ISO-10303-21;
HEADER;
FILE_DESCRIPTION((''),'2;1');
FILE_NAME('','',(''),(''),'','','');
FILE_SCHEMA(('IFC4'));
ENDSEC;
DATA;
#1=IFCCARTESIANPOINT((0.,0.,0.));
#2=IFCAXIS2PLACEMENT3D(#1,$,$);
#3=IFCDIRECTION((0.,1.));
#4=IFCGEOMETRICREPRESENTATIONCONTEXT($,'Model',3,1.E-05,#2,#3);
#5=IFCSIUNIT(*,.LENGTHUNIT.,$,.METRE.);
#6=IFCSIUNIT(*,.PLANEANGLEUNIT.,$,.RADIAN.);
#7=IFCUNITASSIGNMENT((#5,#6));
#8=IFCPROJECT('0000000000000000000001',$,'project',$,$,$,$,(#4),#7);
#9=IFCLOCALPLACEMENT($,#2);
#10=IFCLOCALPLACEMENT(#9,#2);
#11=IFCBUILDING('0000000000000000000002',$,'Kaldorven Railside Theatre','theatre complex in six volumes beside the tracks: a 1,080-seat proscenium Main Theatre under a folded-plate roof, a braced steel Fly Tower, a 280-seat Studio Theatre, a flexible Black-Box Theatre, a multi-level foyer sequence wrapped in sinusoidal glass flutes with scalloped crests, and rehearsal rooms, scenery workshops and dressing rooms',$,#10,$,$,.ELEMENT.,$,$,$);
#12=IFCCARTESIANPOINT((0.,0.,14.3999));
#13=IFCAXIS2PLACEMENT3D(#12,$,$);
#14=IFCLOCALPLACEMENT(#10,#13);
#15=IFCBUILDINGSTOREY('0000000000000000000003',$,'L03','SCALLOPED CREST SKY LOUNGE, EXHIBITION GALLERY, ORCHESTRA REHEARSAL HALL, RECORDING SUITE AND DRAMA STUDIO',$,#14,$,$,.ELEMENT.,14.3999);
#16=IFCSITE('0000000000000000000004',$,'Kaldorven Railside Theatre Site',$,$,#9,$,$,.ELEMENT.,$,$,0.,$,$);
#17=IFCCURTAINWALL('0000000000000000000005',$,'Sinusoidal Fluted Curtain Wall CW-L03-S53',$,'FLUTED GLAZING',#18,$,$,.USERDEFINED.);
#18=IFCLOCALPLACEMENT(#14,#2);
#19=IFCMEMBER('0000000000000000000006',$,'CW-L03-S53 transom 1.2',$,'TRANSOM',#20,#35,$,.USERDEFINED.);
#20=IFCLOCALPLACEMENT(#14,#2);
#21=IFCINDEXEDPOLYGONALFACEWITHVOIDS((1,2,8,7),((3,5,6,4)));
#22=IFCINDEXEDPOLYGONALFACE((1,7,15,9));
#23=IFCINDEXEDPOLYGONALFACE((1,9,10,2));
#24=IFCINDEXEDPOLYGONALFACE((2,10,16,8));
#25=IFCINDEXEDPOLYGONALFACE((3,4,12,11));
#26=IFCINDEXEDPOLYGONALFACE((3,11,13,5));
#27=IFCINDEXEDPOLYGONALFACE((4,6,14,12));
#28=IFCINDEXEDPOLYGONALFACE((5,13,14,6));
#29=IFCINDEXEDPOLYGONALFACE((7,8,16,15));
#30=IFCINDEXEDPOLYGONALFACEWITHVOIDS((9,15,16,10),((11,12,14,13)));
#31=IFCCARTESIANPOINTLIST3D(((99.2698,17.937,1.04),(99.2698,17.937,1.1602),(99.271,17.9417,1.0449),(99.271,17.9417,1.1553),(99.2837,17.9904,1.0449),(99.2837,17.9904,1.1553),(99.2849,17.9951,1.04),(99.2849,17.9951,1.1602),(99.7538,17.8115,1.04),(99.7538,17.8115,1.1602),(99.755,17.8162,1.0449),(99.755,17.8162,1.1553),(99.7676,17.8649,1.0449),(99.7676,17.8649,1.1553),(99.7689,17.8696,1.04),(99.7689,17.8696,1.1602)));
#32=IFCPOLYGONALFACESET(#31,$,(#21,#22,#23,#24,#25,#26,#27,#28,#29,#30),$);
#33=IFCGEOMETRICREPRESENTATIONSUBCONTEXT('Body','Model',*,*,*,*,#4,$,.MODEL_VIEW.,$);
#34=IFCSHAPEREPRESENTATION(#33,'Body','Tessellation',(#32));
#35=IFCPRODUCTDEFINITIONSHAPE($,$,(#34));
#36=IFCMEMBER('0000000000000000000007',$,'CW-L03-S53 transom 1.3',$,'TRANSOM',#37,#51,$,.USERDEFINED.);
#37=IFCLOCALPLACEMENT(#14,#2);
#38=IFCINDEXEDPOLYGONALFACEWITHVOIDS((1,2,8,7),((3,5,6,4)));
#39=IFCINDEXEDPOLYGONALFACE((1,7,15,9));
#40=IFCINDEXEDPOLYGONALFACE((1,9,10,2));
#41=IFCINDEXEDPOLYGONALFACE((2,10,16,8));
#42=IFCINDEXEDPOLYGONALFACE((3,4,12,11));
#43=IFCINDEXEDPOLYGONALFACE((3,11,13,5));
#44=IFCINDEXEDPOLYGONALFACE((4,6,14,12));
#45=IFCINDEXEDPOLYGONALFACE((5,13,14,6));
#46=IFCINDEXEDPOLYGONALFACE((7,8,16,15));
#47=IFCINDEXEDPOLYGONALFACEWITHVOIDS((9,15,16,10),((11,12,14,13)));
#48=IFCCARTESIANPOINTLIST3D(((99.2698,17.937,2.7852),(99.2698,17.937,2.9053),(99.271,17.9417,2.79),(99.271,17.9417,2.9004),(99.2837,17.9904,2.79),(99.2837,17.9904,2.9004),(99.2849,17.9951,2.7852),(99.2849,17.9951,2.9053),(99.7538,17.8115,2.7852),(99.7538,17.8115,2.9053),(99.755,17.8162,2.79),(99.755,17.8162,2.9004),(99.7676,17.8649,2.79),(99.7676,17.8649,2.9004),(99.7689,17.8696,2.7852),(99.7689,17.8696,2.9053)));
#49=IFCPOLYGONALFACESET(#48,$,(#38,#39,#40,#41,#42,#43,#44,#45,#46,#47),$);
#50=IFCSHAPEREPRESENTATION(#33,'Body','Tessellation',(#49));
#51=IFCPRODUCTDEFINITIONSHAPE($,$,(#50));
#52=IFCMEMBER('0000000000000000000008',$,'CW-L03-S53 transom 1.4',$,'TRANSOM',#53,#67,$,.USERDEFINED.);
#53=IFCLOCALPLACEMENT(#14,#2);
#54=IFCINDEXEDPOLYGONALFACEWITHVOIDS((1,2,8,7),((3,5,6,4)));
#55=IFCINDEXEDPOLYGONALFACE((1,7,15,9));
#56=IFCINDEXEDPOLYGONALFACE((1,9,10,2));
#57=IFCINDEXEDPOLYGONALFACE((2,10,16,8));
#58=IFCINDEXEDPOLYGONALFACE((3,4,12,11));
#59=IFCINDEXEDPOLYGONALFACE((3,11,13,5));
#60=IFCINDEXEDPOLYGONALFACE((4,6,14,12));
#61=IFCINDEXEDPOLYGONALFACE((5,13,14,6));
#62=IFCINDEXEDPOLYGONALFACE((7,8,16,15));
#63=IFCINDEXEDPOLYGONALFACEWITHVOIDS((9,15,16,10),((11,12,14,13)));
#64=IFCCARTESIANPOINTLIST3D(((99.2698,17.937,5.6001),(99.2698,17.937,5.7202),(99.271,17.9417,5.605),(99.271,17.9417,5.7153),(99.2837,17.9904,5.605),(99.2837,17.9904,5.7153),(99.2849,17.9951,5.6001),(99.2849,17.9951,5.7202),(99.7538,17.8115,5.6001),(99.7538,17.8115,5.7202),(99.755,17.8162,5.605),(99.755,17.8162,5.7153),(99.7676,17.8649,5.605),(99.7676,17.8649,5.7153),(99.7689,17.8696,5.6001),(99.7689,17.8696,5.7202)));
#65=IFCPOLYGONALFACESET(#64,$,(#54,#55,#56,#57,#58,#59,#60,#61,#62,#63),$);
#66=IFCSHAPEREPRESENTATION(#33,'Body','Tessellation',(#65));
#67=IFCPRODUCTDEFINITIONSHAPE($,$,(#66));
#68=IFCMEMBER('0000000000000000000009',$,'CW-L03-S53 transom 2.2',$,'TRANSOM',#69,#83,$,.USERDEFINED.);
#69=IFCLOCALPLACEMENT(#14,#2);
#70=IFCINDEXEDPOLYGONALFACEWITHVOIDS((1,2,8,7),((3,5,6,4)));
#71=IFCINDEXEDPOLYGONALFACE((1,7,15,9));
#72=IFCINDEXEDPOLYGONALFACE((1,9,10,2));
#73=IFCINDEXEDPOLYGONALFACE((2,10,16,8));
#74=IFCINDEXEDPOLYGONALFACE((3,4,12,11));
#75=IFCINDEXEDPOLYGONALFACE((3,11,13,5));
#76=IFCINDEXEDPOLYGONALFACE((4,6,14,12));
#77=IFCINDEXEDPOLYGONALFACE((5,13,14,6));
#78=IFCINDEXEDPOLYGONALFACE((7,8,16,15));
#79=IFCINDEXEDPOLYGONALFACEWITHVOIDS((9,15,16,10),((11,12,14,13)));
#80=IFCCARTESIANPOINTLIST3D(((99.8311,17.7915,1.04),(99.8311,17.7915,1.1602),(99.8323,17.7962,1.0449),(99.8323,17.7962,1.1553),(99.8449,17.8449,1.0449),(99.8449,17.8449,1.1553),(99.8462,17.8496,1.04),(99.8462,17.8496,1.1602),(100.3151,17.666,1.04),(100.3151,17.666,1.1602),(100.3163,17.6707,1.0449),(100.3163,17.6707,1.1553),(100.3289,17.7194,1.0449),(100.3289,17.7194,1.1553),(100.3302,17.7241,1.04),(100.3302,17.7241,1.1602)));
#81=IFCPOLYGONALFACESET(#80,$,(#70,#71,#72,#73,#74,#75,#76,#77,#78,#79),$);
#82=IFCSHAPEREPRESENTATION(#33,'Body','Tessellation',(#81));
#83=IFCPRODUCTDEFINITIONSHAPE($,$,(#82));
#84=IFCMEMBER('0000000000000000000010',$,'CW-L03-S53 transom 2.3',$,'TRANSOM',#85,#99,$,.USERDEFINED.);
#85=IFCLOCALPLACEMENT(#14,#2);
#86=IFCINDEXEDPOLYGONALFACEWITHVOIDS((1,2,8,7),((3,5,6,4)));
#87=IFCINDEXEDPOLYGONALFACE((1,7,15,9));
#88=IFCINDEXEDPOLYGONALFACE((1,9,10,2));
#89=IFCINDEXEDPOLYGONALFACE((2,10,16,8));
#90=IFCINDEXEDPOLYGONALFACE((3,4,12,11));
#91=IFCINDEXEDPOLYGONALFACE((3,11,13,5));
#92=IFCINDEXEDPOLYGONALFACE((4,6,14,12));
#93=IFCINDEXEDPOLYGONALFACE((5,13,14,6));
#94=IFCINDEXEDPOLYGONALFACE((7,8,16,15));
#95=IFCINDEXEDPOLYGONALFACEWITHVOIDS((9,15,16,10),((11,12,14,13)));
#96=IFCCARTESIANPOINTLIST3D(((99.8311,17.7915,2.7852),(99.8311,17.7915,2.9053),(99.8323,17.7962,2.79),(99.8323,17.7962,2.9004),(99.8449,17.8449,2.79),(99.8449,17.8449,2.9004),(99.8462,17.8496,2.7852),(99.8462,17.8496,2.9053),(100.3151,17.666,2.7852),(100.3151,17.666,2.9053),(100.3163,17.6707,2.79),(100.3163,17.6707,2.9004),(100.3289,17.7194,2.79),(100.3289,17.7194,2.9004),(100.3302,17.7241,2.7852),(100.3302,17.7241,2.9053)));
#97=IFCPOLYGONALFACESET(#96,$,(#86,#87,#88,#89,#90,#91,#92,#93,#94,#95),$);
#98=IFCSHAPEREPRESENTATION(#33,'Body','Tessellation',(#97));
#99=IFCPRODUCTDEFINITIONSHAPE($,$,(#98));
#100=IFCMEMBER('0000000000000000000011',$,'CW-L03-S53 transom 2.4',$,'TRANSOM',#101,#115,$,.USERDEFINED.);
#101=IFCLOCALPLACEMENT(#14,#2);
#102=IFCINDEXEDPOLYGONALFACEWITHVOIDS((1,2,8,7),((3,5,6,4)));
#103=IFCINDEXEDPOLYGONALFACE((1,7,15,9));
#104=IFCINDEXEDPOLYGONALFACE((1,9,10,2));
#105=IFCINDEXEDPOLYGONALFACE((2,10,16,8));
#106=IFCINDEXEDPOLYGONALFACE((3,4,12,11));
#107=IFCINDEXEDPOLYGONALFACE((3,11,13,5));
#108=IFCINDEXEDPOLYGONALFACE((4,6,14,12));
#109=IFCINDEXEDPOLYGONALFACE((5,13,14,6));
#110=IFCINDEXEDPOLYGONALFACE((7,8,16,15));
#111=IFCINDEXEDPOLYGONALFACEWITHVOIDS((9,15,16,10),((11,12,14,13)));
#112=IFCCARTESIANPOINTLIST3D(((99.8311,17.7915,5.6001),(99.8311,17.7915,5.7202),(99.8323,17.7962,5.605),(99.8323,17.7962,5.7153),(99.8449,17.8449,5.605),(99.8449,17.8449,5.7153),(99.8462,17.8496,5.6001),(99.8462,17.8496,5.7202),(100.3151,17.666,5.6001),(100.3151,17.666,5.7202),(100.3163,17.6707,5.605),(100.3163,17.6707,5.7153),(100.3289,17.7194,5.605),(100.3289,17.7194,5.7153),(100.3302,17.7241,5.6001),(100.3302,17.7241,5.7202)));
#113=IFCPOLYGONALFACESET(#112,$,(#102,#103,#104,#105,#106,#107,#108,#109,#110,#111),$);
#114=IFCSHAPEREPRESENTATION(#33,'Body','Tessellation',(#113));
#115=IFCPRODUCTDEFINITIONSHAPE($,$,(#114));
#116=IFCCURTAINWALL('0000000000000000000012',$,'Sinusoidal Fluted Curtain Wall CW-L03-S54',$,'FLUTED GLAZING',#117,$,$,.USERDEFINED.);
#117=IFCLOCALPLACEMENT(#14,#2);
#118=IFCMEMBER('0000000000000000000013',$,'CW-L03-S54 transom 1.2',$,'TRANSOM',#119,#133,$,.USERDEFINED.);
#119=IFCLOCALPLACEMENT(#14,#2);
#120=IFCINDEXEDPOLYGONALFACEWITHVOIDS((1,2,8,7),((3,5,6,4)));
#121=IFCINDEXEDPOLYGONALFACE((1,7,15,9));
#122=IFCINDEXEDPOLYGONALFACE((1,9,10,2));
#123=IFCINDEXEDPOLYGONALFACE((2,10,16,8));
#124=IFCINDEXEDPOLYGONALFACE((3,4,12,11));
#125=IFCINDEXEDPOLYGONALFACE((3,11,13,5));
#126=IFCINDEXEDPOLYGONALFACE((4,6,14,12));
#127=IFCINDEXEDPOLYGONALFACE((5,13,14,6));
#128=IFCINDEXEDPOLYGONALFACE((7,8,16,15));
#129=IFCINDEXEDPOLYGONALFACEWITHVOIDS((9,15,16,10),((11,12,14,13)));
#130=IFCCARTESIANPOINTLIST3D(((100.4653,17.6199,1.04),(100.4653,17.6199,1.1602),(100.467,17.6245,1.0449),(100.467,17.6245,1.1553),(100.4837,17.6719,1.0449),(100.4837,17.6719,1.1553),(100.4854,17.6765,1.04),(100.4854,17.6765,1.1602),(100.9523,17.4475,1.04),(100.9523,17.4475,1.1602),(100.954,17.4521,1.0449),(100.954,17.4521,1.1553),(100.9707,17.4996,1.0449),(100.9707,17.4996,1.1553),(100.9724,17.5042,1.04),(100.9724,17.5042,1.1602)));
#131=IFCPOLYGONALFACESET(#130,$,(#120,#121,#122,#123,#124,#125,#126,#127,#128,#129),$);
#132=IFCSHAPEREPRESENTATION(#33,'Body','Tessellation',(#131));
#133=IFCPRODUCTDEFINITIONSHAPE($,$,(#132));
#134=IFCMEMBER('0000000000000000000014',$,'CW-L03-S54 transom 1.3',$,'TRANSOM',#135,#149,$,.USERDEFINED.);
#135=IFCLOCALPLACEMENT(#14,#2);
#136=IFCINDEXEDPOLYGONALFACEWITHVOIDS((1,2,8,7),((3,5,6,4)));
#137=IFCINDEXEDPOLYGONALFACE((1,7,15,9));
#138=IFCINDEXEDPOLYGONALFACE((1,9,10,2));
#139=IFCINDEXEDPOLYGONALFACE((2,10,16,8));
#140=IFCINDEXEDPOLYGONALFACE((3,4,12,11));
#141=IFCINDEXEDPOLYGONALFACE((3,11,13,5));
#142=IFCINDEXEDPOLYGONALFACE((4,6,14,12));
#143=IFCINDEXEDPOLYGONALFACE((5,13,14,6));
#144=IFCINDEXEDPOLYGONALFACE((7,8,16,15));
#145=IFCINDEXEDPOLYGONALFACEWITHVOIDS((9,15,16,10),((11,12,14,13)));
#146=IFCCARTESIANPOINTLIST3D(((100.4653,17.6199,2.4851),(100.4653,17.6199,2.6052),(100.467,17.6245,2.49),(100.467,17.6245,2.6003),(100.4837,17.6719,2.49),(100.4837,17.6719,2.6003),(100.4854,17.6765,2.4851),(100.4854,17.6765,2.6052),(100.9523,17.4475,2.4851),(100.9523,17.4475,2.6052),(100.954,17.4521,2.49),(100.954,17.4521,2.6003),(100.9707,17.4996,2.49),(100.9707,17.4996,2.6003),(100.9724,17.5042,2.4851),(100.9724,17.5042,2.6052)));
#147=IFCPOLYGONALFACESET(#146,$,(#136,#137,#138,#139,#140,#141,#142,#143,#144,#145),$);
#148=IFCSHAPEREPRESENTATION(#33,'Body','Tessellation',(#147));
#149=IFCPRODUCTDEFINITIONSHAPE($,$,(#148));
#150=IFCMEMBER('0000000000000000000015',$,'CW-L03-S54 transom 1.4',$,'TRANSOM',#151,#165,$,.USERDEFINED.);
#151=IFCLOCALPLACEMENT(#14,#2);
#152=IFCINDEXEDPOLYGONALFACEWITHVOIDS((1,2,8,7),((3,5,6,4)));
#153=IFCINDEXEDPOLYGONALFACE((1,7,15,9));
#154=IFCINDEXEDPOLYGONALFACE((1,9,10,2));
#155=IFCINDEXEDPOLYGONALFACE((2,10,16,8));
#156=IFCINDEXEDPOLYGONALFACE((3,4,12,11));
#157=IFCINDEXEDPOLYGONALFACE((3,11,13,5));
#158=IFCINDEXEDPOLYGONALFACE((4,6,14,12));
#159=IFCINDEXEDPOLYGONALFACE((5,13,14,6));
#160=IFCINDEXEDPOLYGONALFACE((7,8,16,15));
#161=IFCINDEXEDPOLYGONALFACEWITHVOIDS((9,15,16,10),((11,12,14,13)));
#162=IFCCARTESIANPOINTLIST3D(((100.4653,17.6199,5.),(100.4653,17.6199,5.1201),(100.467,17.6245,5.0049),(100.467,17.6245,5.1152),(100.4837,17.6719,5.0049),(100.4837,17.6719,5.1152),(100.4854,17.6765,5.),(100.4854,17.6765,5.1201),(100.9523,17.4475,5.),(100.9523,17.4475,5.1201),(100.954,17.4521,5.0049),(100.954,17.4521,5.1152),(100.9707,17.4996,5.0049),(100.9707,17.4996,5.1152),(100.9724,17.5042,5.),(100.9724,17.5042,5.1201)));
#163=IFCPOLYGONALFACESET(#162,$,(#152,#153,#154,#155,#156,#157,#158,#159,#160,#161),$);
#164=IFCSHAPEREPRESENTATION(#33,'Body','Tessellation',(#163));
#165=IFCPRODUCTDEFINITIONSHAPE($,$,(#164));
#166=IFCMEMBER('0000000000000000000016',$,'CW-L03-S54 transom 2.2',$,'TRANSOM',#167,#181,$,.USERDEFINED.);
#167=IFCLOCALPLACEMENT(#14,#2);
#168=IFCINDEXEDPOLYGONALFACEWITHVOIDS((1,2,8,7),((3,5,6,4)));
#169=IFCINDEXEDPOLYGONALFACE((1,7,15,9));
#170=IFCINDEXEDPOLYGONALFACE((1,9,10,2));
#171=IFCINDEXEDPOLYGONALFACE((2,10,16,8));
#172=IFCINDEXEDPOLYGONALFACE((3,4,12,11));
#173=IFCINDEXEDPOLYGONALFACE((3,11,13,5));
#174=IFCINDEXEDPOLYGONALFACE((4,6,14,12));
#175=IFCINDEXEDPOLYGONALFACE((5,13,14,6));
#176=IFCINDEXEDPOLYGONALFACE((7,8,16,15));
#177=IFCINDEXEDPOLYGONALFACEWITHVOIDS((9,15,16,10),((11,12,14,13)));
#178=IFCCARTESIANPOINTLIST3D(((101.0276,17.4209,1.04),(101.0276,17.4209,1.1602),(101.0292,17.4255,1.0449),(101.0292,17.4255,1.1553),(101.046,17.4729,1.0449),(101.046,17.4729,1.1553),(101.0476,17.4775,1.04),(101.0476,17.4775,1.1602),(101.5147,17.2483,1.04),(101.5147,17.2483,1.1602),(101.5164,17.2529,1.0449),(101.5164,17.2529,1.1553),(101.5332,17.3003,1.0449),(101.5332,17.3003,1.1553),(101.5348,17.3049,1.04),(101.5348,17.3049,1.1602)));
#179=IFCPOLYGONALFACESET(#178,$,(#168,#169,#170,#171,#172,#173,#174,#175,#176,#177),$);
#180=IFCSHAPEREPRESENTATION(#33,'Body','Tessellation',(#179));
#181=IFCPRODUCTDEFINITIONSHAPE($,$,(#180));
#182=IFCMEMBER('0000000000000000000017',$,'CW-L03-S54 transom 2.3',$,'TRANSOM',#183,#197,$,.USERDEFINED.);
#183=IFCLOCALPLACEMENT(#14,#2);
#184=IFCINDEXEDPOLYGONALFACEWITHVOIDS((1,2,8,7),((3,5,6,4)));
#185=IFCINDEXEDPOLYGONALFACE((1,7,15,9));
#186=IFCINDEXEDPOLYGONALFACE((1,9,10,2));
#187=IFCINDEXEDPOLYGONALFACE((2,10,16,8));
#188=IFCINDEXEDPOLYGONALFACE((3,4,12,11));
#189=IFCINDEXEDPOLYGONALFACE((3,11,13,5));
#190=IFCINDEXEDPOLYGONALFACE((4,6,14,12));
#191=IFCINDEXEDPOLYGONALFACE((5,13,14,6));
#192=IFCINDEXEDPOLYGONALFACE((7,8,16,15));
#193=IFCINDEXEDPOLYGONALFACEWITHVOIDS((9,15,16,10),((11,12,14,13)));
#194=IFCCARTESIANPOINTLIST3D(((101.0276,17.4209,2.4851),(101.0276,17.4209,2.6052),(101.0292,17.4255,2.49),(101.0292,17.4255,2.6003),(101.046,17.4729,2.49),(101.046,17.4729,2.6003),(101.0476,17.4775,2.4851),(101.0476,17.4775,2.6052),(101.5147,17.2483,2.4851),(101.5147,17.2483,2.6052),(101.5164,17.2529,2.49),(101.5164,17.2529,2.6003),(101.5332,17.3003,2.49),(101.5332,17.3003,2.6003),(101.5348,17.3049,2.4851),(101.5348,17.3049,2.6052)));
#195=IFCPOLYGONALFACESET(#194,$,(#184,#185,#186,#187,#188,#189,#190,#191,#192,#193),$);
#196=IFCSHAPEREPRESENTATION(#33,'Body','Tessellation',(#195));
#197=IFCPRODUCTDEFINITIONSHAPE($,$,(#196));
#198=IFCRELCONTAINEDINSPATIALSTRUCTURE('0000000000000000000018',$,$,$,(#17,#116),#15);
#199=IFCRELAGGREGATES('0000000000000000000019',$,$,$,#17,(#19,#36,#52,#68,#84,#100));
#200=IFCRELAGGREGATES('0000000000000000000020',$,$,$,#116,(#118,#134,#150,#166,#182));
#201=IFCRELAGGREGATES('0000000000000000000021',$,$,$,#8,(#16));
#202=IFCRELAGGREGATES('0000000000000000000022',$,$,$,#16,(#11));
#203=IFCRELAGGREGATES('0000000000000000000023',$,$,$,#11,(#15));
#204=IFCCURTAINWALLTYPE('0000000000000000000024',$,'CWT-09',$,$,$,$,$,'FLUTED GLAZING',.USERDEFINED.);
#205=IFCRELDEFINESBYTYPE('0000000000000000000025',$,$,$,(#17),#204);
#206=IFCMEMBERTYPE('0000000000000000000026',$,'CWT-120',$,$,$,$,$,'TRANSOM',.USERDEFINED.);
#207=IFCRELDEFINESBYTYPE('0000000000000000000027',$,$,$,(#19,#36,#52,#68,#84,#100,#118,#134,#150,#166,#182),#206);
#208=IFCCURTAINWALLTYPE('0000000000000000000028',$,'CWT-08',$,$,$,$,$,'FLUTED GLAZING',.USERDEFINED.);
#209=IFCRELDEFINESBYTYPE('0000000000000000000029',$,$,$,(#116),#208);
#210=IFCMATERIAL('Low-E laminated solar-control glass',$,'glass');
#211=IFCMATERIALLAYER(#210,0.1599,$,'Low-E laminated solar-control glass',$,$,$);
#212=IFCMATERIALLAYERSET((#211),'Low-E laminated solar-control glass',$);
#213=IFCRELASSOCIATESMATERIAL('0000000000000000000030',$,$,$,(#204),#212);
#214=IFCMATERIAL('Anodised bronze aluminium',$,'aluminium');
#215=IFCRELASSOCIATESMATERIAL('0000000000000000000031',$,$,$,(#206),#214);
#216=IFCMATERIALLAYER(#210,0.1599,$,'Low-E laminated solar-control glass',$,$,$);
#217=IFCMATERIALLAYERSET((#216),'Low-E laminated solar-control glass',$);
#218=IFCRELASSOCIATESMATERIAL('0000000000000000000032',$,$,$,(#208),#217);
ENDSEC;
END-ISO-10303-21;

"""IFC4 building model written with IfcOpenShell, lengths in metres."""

from ifc_helpers import new_model, si_unit, direction, frame, origin, origin_2d, place, context, subcontext, project, spatial, hollow_rectangle, extrude, material, layer, layer_set, material_profile, profile_set, type_object, element, aggregate, save


model = new_model("IFC4")

# Units and contexts
model_context = context("Model", 3, precision=1e-05, world=origin(), true_north=direction((0.0, 1.0)))
body_context = subcontext(model_context, "Body", "Model", "MODEL_VIEW")
ifc_project = project(units=[si_unit("LENGTHUNIT", "METRE"), si_unit("PLANEANGLEUNIT", "RADIAN")], contexts=[model_context])

# Site, building, storey
site_placement = place(None, origin())
site = spatial("IfcSite", under=ifc_project, at=site_placement, Name="Kaldorven Railside Theatre Site", CompositionType="ELEMENT", RefElevation=0.0)
building_placement = place(site_placement, origin())
building = spatial("IfcBuilding", under=site, at=building_placement, Name="Kaldorven Railside Theatre", Description="theatre complex in six volumes beside the tracks: a 1,080-seat proscenium Main Theatre under a folded-plate roof, a braced steel Fly Tower, a 280-seat Studio Theatre, a flexible Black-Box Theatre, a multi-level foyer sequence wrapped in sinusoidal glass flutes with scalloped crests, and rehearsal rooms, scenery workshops and dressing rooms", CompositionType="ELEMENT")
storey_placement = place(building_placement, frame((0.0, 0.0, 14.3999)))
storey = spatial("IfcBuildingStorey", under=building, at=storey_placement, Name="L03", Description="SCALLOPED CREST SKY LOUNGE, EXHIBITION GALLERY, ORCHESTRA REHEARSAL HALL, RECORDING SUITE AND DRAMA STUDIO", CompositionType="ELEMENT", Elevation=14.3999)

# Curtain walls, members
ifc_material_1 = material(Name="Low-E laminated solar-control glass", Category="glass")
ifc_layer_1 = layer(ifc_material_1, 0.1599, Name="Low-E laminated solar-control glass")
ifc_layer_set_1 = layer_set([ifc_layer_1], Name="Low-E laminated solar-control glass")
curtain_wall_type_1 = type_object("IfcCurtainWallType", Name="CWT-09", ElementType="FLUTED GLAZING", PredefinedType="USERDEFINED", material=ifc_layer_set_1)
curtain_wall_1_placement = place(storey_placement, origin())
curtain_wall_1 = element("IfcCurtainWall", 1, at=curtain_wall_1_placement, inside=storey, type_object=curtain_wall_type_1, Name="Sinusoidal Fluted Curtain Wall CW-L03-S53", ObjectType="FLUTED GLAZING", PredefinedType="USERDEFINED")
ifc_material_2 = material(Name="Anodised bronze aluminium", Category="aluminium")
ifc_material_profile = material_profile(ifc_material_2, hollow_rectangle(XDim=0.0601, YDim=0.1201, WallThickness=0.0049, at=origin_2d()), Name="RHS 120x60x5")
ifc_profile_set = profile_set([ifc_material_profile], Name="Anodised bronze aluminium")
member_type = type_object("IfcMemberType", Name="CWT-120", ElementType="TRANSOM", PredefinedType="USERDEFINED", material=ifc_profile_set)
member_1_placement = place(storey_placement, frame((99.2773, 17.9661, 1.1001), z_axis=(0.967979, -0.25103, 0.0), x_axis=(0.25103, 0.967979, 0.0)))
member_1 = element("IfcMember", 2, at=member_1_placement, type_object=member_type, Name="CW-L03-S53 transom 1.2", ObjectType="TRANSOM", PredefinedType="USERDEFINED", context=body_context, shape_type="SweptSolid", body=[
    extrude(hollow_rectangle(XDim=0.0601, YDim=0.1201, WallThickness=0.0049, at=origin_2d()), origin(), (0.0, 0.0, 1.0), 0.5),
])
member_2_placement = place(storey_placement, frame((99.2773, 17.9661, 2.8452), z_axis=(0.967979, -0.25103, 0.0), x_axis=(0.25103, 0.967979, 0.0)))
member_2 = element("IfcMember", 3, at=member_2_placement, type_object=member_type, Name="CW-L03-S53 transom 1.3", ObjectType="TRANSOM", PredefinedType="USERDEFINED", context=body_context, shape_type="SweptSolid", body=[
    extrude(hollow_rectangle(XDim=0.0601, YDim=0.1201, WallThickness=0.0049, at=origin_2d()), origin(), (0.0, 0.0, 1.0), 0.5),
])
member_3_placement = place(storey_placement, frame((99.2773, 17.9661, 5.6602), z_axis=(0.967979, -0.25103, 0.0), x_axis=(0.25103, 0.967979, 0.0)))
member_3 = element("IfcMember", 4, at=member_3_placement, type_object=member_type, Name="CW-L03-S53 transom 1.4", ObjectType="TRANSOM", PredefinedType="USERDEFINED", context=body_context, shape_type="SweptSolid", body=[
    extrude(hollow_rectangle(XDim=0.0601, YDim=0.1201, WallThickness=0.0049, at=origin_2d()), origin(), (0.0, 0.0, 1.0), 0.5),
])
member_4_placement = place(storey_placement, frame((99.8386, 17.8206, 1.1001), z_axis=(0.967979, -0.25103, 0.0), x_axis=(0.25103, 0.967979, 0.0)))
member_4 = element("IfcMember", 5, at=member_4_placement, type_object=member_type, Name="CW-L03-S53 transom 2.2", ObjectType="TRANSOM", PredefinedType="USERDEFINED", context=body_context, shape_type="SweptSolid", body=[
    extrude(hollow_rectangle(XDim=0.0601, YDim=0.1201, WallThickness=0.0049, at=origin_2d()), origin(), (0.0, 0.0, 1.0), 0.5),
])
member_5_placement = place(storey_placement, frame((99.8386, 17.8206, 2.8452), z_axis=(0.967979, -0.25103, 0.0), x_axis=(0.25103, 0.967979, 0.0)))
member_5 = element("IfcMember", 6, at=member_5_placement, type_object=member_type, Name="CW-L03-S53 transom 2.3", ObjectType="TRANSOM", PredefinedType="USERDEFINED", context=body_context, shape_type="SweptSolid", body=[
    extrude(hollow_rectangle(XDim=0.0601, YDim=0.1201, WallThickness=0.0049, at=origin_2d()), origin(), (0.0, 0.0, 1.0), 0.5),
])
member_6_placement = place(storey_placement, frame((99.8386, 17.8206, 5.6602), z_axis=(0.967979, -0.25103, 0.0), x_axis=(0.25103, 0.967979, 0.0)))
member_6 = element("IfcMember", 7, at=member_6_placement, type_object=member_type, Name="CW-L03-S53 transom 2.4", ObjectType="TRANSOM", PredefinedType="USERDEFINED", context=body_context, shape_type="SweptSolid", body=[
    extrude(hollow_rectangle(XDim=0.0601, YDim=0.1201, WallThickness=0.0049, at=origin_2d()), origin(), (0.0, 0.0, 1.0), 0.5),
])
ifc_layer_2 = layer(ifc_material_1, 0.1599, Name="Low-E laminated solar-control glass")
ifc_layer_set_2 = layer_set([ifc_layer_2], Name="Low-E laminated solar-control glass")
curtain_wall_type_2 = type_object("IfcCurtainWallType", Name="CWT-08", ElementType="FLUTED GLAZING", PredefinedType="USERDEFINED", material=ifc_layer_set_2)
curtain_wall_2_placement = place(storey_placement, origin())
curtain_wall_2 = element("IfcCurtainWall", 8, at=curtain_wall_2_placement, inside=storey, type_object=curtain_wall_type_2, Name="Sinusoidal Fluted Curtain Wall CW-L03-S54", ObjectType="FLUTED GLAZING", PredefinedType="USERDEFINED")
member_7_placement = place(storey_placement, frame((100.4753, 17.6482, 1.1001), z_axis=(0.942711, -0.333611, 0.0), x_axis=(0.333611, 0.942711, 0.0)))
member_7 = element("IfcMember", 9, at=member_7_placement, type_object=member_type, Name="CW-L03-S54 transom 1.2", ObjectType="TRANSOM", PredefinedType="USERDEFINED", context=body_context, shape_type="SweptSolid", body=[
    extrude(hollow_rectangle(XDim=0.0601, YDim=0.1201, WallThickness=0.0049, at=origin_2d()), origin(), (0.0, 0.0, 1.0), 0.5166),
])
member_8_placement = place(storey_placement, frame((100.4753, 17.6482, 2.5452), z_axis=(0.942711, -0.333611, 0.0), x_axis=(0.333611, 0.942711, 0.0)))
member_8 = element("IfcMember", 10, at=member_8_placement, type_object=member_type, Name="CW-L03-S54 transom 1.3", ObjectType="TRANSOM", PredefinedType="USERDEFINED", context=body_context, shape_type="SweptSolid", body=[
    extrude(hollow_rectangle(XDim=0.0601, YDim=0.1201, WallThickness=0.0049, at=origin_2d()), origin(), (0.0, 0.0, 1.0), 0.5166),
])
member_9_placement = place(storey_placement, frame((100.4753, 17.6482, 5.0601), z_axis=(0.942711, -0.333611, 0.0), x_axis=(0.333611, 0.942711, 0.0)))
member_9 = element("IfcMember", 11, at=member_9_placement, type_object=member_type, Name="CW-L03-S54 transom 1.4", ObjectType="TRANSOM", PredefinedType="USERDEFINED", context=body_context, shape_type="SweptSolid", body=[
    extrude(hollow_rectangle(XDim=0.0601, YDim=0.1201, WallThickness=0.0049, at=origin_2d()), origin(), (0.0, 0.0, 1.0), 0.5166),
])
member_10_placement = place(storey_placement, frame((101.0376, 17.4492, 1.1001), z_axis=(0.942562, -0.334031, 0.0), x_axis=(0.334031, 0.942562, 0.0)))
member_10 = element("IfcMember", 12, at=member_10_placement, type_object=member_type, Name="CW-L03-S54 transom 2.2", ObjectType="TRANSOM", PredefinedType="USERDEFINED", context=body_context, shape_type="SweptSolid", body=[
    extrude(hollow_rectangle(XDim=0.0601, YDim=0.1201, WallThickness=0.0049, at=origin_2d()), origin(), (0.0, 0.0, 1.0), 0.5168),
])
member_11_placement = place(storey_placement, frame((101.0376, 17.4492, 2.5452), z_axis=(0.942562, -0.334031, 0.0), x_axis=(0.334031, 0.942562, 0.0)))
member_11 = element("IfcMember", 13, at=member_11_placement, type_object=member_type, Name="CW-L03-S54 transom 2.3", ObjectType="TRANSOM", PredefinedType="USERDEFINED", context=body_context, shape_type="SweptSolid", body=[
    extrude(hollow_rectangle(XDim=0.0601, YDim=0.1201, WallThickness=0.0049, at=origin_2d()), origin(), (0.0, 0.0, 1.0), 0.5168),
])

aggregate(curtain_wall_1, [member_1, member_2, member_3, member_4, member_5, member_6])
aggregate(curtain_wall_2, [member_7, member_8, member_9, member_10, member_11])

save(model, "model.ifc")
